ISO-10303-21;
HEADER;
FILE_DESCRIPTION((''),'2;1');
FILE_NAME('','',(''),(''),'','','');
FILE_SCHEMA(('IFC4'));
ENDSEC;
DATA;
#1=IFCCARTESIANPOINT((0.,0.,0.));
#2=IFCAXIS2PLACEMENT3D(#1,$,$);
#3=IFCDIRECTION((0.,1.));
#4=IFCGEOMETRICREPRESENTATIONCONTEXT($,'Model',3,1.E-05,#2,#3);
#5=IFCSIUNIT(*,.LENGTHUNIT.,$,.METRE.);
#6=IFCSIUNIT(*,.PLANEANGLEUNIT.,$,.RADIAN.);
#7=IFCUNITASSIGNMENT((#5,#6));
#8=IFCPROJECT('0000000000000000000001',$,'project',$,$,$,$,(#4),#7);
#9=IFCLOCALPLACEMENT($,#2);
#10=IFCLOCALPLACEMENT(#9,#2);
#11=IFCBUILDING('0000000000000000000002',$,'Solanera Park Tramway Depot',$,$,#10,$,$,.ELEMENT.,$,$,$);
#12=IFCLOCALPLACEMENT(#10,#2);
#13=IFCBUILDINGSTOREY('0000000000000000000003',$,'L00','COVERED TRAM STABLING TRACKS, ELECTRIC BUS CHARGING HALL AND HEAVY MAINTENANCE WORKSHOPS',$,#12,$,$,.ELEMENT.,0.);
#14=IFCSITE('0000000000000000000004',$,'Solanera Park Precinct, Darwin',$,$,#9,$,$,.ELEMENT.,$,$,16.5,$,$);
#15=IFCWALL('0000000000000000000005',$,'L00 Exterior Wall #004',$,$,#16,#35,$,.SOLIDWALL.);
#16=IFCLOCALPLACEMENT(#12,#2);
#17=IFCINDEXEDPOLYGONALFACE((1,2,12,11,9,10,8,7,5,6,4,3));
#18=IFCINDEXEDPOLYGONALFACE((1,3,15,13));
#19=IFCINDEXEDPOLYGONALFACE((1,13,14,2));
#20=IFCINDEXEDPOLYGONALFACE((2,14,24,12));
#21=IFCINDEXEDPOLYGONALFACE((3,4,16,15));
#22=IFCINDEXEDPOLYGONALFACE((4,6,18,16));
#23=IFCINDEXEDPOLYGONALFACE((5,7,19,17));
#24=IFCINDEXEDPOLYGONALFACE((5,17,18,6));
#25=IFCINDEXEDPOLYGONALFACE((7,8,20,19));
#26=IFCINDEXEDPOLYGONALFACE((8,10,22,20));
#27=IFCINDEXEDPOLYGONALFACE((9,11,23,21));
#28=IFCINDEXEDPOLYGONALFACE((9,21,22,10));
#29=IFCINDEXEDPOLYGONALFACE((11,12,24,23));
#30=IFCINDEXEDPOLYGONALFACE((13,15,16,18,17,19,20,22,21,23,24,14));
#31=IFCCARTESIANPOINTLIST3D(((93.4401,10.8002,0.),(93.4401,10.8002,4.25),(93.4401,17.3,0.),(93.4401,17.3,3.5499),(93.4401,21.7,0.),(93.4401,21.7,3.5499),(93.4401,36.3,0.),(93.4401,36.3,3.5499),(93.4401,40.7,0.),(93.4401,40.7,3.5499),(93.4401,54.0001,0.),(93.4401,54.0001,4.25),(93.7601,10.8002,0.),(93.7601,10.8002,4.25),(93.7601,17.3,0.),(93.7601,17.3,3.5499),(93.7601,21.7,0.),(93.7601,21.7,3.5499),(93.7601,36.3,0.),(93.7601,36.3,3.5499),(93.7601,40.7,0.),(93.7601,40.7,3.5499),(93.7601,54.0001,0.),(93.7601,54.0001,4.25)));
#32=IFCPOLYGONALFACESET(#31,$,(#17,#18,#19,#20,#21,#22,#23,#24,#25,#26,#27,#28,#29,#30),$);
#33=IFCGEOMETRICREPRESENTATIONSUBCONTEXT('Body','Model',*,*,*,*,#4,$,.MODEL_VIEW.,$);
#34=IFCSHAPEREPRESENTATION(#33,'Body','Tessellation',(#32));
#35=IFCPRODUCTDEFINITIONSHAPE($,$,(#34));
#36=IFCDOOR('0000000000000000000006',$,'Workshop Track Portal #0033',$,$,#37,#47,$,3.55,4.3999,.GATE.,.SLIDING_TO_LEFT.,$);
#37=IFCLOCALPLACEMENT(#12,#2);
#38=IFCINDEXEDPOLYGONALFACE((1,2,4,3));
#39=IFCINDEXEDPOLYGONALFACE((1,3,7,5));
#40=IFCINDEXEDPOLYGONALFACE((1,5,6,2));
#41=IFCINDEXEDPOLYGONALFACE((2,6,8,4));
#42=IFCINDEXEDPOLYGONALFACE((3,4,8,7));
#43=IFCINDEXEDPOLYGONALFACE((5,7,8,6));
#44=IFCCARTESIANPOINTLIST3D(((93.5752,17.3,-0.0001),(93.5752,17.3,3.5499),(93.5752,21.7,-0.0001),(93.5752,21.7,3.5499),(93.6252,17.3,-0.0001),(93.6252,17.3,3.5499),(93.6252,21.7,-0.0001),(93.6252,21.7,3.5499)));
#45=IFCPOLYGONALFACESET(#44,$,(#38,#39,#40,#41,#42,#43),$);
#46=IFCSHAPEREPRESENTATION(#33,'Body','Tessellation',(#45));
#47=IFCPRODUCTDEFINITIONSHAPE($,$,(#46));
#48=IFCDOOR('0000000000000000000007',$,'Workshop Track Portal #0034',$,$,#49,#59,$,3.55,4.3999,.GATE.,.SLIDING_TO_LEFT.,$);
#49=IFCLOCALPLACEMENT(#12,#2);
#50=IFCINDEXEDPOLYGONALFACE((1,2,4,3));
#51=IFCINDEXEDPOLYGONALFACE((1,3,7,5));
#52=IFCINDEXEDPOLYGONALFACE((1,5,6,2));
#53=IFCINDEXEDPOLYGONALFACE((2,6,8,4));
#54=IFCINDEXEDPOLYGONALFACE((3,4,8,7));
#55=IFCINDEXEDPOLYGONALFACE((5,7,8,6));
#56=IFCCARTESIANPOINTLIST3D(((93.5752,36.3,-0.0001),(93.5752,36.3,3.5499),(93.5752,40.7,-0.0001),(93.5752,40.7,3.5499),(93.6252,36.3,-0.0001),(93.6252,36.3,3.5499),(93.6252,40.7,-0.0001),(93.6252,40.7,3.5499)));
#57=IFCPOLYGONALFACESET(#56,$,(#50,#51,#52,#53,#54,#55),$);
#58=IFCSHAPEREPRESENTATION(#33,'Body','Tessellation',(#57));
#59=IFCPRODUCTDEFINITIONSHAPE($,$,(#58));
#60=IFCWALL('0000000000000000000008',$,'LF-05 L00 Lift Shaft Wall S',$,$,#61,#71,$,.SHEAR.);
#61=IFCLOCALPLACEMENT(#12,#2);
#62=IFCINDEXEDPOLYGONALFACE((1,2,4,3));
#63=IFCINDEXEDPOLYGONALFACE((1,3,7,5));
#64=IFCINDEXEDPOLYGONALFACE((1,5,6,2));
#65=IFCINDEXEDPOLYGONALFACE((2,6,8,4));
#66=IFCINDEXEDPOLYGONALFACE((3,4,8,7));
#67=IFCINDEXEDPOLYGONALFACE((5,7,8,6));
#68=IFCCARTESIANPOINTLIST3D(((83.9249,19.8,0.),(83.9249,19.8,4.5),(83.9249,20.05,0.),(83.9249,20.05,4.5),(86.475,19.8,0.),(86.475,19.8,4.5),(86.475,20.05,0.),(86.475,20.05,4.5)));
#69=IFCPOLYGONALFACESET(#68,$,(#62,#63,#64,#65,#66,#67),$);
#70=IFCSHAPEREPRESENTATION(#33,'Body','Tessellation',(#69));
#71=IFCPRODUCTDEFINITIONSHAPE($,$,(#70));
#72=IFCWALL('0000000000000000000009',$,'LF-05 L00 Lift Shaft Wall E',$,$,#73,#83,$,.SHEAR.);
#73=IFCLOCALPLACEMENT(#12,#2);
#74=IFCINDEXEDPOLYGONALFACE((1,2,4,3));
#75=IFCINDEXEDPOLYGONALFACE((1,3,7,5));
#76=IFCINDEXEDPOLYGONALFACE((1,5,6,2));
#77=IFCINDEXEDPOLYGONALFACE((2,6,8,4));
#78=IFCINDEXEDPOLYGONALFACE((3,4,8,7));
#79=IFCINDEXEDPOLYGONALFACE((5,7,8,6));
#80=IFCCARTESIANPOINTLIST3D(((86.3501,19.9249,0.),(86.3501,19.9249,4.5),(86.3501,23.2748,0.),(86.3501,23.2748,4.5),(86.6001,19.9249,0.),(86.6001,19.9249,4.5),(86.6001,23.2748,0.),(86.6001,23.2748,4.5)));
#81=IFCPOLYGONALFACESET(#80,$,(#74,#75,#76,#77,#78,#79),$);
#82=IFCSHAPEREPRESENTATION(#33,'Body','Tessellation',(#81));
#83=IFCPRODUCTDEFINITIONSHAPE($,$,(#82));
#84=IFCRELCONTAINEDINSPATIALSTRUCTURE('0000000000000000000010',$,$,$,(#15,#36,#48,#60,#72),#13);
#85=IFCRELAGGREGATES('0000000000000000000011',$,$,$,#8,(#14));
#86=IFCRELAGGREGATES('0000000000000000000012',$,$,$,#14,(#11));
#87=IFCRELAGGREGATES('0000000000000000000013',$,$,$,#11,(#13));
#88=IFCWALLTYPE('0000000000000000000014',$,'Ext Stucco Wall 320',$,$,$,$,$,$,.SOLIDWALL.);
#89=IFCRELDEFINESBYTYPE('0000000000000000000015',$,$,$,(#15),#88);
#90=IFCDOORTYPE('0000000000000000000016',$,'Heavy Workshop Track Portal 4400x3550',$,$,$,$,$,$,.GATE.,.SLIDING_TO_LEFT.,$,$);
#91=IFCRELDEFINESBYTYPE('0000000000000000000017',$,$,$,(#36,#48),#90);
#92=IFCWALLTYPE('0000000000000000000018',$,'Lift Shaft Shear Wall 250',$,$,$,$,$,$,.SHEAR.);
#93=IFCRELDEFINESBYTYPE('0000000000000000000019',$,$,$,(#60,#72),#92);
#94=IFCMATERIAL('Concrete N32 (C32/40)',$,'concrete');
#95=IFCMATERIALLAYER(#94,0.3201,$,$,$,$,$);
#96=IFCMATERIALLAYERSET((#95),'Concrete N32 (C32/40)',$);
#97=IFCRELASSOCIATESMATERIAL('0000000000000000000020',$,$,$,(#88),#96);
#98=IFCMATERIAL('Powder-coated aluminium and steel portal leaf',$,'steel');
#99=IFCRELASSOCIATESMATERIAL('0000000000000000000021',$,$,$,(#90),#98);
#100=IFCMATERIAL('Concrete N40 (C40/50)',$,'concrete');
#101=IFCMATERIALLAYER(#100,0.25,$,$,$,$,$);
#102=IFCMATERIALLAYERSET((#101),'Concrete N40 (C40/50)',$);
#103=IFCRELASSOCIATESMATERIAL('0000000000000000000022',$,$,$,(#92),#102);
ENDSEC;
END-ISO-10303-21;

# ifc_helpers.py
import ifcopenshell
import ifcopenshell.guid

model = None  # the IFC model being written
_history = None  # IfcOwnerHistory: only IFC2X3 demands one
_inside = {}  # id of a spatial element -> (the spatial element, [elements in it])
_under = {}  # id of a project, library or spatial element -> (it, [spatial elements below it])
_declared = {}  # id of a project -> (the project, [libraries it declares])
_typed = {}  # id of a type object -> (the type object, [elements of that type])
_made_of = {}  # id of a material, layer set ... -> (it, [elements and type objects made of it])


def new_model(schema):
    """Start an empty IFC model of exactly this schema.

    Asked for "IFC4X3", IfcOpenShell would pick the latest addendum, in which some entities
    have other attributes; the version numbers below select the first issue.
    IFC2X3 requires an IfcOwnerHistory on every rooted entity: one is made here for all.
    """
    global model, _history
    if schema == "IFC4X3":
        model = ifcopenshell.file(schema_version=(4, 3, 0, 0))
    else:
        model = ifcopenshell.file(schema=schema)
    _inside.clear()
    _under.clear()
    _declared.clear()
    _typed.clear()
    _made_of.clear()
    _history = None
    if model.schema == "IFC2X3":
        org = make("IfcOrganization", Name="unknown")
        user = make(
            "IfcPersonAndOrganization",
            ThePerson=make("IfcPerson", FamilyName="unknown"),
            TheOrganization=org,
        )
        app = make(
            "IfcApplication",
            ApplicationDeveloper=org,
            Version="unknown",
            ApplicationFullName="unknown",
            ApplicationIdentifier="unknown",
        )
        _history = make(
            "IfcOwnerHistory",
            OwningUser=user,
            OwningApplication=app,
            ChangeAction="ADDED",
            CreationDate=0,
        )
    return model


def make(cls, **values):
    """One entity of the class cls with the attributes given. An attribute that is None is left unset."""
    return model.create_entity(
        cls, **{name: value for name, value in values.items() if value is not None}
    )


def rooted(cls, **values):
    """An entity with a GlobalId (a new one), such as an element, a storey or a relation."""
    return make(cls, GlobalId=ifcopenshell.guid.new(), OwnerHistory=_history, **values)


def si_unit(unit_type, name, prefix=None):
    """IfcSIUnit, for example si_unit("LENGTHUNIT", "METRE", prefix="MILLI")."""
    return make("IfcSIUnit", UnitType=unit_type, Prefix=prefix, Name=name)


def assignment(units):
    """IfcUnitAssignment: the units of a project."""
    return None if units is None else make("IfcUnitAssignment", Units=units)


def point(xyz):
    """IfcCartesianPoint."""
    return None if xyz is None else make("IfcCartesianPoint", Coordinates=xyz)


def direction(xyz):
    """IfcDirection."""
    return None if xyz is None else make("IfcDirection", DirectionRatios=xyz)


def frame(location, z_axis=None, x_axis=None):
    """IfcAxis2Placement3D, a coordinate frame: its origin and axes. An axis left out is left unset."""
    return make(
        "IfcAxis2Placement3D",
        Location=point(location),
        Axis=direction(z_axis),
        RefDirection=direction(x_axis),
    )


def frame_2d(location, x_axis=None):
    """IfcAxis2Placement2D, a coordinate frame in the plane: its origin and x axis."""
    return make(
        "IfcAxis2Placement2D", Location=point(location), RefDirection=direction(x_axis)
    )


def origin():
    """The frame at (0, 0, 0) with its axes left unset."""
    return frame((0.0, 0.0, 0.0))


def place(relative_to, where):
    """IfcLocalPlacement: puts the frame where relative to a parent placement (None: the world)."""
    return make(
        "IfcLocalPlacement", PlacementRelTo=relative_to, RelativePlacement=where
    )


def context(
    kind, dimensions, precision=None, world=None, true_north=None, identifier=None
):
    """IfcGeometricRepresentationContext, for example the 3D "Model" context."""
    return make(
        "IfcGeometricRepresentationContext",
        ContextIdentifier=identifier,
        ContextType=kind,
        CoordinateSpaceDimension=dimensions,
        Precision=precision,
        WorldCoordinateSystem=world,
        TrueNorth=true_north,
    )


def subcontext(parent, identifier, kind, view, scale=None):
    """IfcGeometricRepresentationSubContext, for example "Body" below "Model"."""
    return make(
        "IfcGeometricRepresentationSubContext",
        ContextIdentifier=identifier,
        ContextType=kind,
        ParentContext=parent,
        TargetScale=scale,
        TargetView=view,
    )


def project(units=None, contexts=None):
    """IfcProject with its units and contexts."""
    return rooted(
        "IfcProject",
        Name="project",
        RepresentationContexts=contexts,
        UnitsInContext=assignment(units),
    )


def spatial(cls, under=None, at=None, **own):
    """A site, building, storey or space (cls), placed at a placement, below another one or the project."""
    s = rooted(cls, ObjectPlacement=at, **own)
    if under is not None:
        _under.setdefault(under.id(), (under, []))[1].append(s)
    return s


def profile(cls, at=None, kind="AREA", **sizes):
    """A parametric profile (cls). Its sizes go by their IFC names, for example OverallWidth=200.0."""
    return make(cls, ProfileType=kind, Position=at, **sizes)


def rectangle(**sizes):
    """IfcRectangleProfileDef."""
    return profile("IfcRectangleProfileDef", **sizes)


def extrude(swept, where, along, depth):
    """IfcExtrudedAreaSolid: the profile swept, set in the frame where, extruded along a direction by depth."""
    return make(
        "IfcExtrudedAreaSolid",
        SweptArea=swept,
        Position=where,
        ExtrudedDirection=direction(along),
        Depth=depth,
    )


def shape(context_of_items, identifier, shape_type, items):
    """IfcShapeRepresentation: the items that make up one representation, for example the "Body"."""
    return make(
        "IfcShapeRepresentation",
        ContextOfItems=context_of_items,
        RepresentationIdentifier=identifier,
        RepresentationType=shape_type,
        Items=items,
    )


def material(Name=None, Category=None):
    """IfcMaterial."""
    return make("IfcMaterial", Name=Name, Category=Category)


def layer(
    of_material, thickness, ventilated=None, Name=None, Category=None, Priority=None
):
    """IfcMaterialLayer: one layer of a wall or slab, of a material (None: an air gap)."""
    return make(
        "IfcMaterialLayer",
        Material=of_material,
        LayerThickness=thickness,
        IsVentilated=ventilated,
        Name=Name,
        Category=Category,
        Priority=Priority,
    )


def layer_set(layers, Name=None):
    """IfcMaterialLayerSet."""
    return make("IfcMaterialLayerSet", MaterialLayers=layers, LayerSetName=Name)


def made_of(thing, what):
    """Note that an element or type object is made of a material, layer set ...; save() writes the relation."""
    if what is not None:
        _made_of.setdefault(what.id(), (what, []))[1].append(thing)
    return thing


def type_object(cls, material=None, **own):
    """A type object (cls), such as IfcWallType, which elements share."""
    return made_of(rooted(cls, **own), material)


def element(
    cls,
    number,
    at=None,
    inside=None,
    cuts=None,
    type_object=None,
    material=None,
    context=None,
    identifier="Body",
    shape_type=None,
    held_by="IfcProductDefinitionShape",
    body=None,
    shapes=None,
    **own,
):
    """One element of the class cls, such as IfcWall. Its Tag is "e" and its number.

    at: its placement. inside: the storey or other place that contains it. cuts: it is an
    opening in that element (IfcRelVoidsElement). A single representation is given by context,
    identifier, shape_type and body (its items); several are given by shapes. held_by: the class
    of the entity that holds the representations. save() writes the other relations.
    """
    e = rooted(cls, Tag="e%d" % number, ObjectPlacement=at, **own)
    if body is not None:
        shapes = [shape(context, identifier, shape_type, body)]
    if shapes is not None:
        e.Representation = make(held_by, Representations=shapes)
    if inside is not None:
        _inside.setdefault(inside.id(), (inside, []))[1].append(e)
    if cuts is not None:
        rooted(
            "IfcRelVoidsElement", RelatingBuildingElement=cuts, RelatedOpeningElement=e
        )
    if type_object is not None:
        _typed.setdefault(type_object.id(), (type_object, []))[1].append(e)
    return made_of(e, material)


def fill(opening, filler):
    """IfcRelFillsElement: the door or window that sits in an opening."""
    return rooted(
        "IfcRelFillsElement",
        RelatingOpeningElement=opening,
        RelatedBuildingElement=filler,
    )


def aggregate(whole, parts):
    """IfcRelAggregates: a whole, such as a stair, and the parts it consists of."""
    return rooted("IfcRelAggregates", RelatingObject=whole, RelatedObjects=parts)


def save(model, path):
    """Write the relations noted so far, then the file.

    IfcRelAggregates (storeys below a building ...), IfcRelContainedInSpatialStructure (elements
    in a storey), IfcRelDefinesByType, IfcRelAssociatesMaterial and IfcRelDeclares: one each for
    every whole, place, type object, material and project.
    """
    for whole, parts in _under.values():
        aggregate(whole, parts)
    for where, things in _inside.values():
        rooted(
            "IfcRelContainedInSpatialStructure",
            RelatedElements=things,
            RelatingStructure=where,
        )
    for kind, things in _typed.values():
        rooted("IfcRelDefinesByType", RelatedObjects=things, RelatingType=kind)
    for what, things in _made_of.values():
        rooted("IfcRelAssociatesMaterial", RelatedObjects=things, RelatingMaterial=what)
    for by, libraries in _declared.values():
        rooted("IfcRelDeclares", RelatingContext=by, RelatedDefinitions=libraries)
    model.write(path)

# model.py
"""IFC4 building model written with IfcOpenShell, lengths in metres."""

from ifc_helpers import new_model, si_unit, direction, frame, frame_2d, origin, place, context, subcontext, project, spatial, rectangle, extrude, material, layer, layer_set, type_object, element, fill, save


model = new_model("IFC4")

# Units and contexts
model_context = context("Model", 3, precision=1e-05, world=origin(), true_north=direction((0.0, 1.0)))
body_context = subcontext(model_context, "Body", "Model", "MODEL_VIEW")
ifc_project = project(units=[si_unit("LENGTHUNIT", "METRE"), si_unit("PLANEANGLEUNIT", "RADIAN")], contexts=[model_context])

# Site, building, storey
site_placement = place(None, origin())
site = spatial("IfcSite", under=ifc_project, at=site_placement, Name="Solanera Park Precinct, Darwin", CompositionType="ELEMENT", RefElevation=16.5)
building_placement = place(site_placement, origin())
building = spatial("IfcBuilding", under=site, at=building_placement, Name="Solanera Park Tramway Depot", CompositionType="ELEMENT")
storey_placement = place(building_placement, origin())
storey = spatial("IfcBuildingStorey", under=building, at=storey_placement, Name="L00", Description="COVERED TRAM STABLING TRACKS, ELECTRIC BUS CHARGING HALL AND HEAVY MAINTENANCE WORKSHOPS", CompositionType="ELEMENT", Elevation=0.0)

# Wall, openings, doors
ifc_material_1 = material(Name="Concrete N32 (C32/40)", Category="concrete")
ifc_layer_1 = layer(ifc_material_1, 0.3201)
ifc_layer_set_1 = layer_set([ifc_layer_1], Name="Concrete N32 (C32/40)")
wall_type_1 = type_object("IfcWallType", Name="Ext Stucco Wall 320", PredefinedType="SOLIDWALL", material=ifc_layer_set_1)
wall_1_placement = place(storey_placement, frame((93.6001, 10.8, 0.0), z_axis=(0.0, 0.0, 1.0), x_axis=(0.0, 1.0, 0.0)))
wall_1 = element("IfcWall", 1, at=wall_1_placement, inside=storey, type_object=wall_type_1, Name="L00 Exterior Wall #004", PredefinedType="SOLIDWALL", context=body_context, shape_type="SweptSolid", body=[
    extrude(rectangle(XDim=43.2, YDim=0.3201, at=frame_2d((21.6001, 0.0))), origin(), (0.0, 0.0, 1.0), 4.25),
])
opening_1_placement = place(wall_1_placement, frame((6.5, 0.0, 0.0)))
opening_1 = element("IfcOpeningElement", 2, at=opening_1_placement, cuts=wall_1, PredefinedType="OPENING", context=body_context, shape_type="SweptSolid", body=[
    extrude(rectangle(XDim=4.3999, YDim=3.55, at=frame_2d((2.2, 1.7749))), frame((0.0, 0.1699, 0.0), z_axis=(0.0, -1.0, 0.0), x_axis=(1.0, 0.0, 0.0)), (0.0, 0.0, 1.0), 0.3401),
])
opening_2_placement = place(wall_1_placement, frame((25.5, 0.0, 0.0)))
opening_2 = element("IfcOpeningElement", 3, at=opening_2_placement, cuts=wall_1, PredefinedType="OPENING", context=body_context, shape_type="SweptSolid", body=[
    extrude(rectangle(XDim=4.3999, YDim=3.55, at=frame_2d((2.2, 1.7749))), frame((0.0, 0.1699, 0.0), z_axis=(0.0, -1.0, 0.0), x_axis=(1.0, 0.0, 0.0)), (0.0, 0.0, 1.0), 0.3401),
])
ifc_material_2 = material(Name="Powder-coated aluminium and steel portal leaf", Category="steel")
door_type = type_object("IfcDoorType", Name="Heavy Workshop Track Portal 4400x3550", OperationType="SLIDING_TO_LEFT", PredefinedType="GATE", material=ifc_material_2)
door_1_placement = place(opening_1_placement, origin())
door_1 = element("IfcDoor", 4, at=door_1_placement, inside=storey, type_object=door_type, Name="Workshop Track Portal #0033", OperationType="SLIDING_TO_LEFT", OverallHeight=3.55, OverallWidth=4.3999, PredefinedType="GATE", context=body_context, shape_type="SweptSolid", body=[
    extrude(rectangle(XDim=4.3999, YDim=3.55, at=frame_2d((2.2, 1.7749))), frame((0.0, 0.0249, 0.0), z_axis=(0.0, -1.0, 0.0), x_axis=(1.0, 0.0, 0.0)), (0.0, 0.0, 1.0), 0.05),
])
fill(opening_1, door_1)
door_2_placement = place(opening_2_placement, origin())
door_2 = element("IfcDoor", 5, at=door_2_placement, inside=storey, type_object=door_type, Name="Workshop Track Portal #0034", OperationType="SLIDING_TO_LEFT", OverallHeight=3.55, OverallWidth=4.3999, PredefinedType="GATE", context=body_context, shape_type="SweptSolid", body=[
    extrude(rectangle(XDim=4.3999, YDim=3.55, at=frame_2d((2.2, 1.7749))), frame((0.0, 0.0249, 0.0), z_axis=(0.0, -1.0, 0.0), x_axis=(1.0, 0.0, 0.0)), (0.0, 0.0, 1.0), 0.05),
])
fill(opening_2, door_2)

# Walls
ifc_material_3 = material(Name="Concrete N40 (C40/50)", Category="concrete")
ifc_layer_2 = layer(ifc_material_3, 0.25)
ifc_layer_set_2 = layer_set([ifc_layer_2], Name="Concrete N40 (C40/50)")
wall_type_2 = type_object("IfcWallType", Name="Lift Shaft Shear Wall 250", PredefinedType="SHEAR", material=ifc_layer_set_2)
wall_2_placement = place(storey_placement, frame((83.925, 19.925, 0.0), z_axis=(0.0, 0.0, 1.0), x_axis=(1.0, 0.0, 0.0)))
element("IfcWall", 6, at=wall_2_placement, inside=storey, type_object=wall_type_2, Name="LF-05 L00 Lift Shaft Wall S", PredefinedType="SHEAR", context=body_context, shape_type="SweptSolid", body=[
    extrude(rectangle(XDim=2.55, YDim=0.25, at=frame_2d((1.2749, 0.0))), origin(), (0.0, 0.0, 1.0), 4.5),
])
wall_3_placement = place(storey_placement, frame((86.4751, 19.925, 0.0), z_axis=(0.0, 0.0, 1.0), x_axis=(0.0, 1.0, 0.0)))
element("IfcWall", 7, at=wall_3_placement, inside=storey, type_object=wall_type_2, Name="LF-05 L00 Lift Shaft Wall E", PredefinedType="SHEAR", context=body_context, shape_type="SweptSolid", body=[
    extrude(rectangle(XDim=3.3499, YDim=0.25, at=frame_2d((1.6748, 0.0))), origin(), (0.0, 0.0, 1.0), 4.5),
])

save(model, "model.ifc")
